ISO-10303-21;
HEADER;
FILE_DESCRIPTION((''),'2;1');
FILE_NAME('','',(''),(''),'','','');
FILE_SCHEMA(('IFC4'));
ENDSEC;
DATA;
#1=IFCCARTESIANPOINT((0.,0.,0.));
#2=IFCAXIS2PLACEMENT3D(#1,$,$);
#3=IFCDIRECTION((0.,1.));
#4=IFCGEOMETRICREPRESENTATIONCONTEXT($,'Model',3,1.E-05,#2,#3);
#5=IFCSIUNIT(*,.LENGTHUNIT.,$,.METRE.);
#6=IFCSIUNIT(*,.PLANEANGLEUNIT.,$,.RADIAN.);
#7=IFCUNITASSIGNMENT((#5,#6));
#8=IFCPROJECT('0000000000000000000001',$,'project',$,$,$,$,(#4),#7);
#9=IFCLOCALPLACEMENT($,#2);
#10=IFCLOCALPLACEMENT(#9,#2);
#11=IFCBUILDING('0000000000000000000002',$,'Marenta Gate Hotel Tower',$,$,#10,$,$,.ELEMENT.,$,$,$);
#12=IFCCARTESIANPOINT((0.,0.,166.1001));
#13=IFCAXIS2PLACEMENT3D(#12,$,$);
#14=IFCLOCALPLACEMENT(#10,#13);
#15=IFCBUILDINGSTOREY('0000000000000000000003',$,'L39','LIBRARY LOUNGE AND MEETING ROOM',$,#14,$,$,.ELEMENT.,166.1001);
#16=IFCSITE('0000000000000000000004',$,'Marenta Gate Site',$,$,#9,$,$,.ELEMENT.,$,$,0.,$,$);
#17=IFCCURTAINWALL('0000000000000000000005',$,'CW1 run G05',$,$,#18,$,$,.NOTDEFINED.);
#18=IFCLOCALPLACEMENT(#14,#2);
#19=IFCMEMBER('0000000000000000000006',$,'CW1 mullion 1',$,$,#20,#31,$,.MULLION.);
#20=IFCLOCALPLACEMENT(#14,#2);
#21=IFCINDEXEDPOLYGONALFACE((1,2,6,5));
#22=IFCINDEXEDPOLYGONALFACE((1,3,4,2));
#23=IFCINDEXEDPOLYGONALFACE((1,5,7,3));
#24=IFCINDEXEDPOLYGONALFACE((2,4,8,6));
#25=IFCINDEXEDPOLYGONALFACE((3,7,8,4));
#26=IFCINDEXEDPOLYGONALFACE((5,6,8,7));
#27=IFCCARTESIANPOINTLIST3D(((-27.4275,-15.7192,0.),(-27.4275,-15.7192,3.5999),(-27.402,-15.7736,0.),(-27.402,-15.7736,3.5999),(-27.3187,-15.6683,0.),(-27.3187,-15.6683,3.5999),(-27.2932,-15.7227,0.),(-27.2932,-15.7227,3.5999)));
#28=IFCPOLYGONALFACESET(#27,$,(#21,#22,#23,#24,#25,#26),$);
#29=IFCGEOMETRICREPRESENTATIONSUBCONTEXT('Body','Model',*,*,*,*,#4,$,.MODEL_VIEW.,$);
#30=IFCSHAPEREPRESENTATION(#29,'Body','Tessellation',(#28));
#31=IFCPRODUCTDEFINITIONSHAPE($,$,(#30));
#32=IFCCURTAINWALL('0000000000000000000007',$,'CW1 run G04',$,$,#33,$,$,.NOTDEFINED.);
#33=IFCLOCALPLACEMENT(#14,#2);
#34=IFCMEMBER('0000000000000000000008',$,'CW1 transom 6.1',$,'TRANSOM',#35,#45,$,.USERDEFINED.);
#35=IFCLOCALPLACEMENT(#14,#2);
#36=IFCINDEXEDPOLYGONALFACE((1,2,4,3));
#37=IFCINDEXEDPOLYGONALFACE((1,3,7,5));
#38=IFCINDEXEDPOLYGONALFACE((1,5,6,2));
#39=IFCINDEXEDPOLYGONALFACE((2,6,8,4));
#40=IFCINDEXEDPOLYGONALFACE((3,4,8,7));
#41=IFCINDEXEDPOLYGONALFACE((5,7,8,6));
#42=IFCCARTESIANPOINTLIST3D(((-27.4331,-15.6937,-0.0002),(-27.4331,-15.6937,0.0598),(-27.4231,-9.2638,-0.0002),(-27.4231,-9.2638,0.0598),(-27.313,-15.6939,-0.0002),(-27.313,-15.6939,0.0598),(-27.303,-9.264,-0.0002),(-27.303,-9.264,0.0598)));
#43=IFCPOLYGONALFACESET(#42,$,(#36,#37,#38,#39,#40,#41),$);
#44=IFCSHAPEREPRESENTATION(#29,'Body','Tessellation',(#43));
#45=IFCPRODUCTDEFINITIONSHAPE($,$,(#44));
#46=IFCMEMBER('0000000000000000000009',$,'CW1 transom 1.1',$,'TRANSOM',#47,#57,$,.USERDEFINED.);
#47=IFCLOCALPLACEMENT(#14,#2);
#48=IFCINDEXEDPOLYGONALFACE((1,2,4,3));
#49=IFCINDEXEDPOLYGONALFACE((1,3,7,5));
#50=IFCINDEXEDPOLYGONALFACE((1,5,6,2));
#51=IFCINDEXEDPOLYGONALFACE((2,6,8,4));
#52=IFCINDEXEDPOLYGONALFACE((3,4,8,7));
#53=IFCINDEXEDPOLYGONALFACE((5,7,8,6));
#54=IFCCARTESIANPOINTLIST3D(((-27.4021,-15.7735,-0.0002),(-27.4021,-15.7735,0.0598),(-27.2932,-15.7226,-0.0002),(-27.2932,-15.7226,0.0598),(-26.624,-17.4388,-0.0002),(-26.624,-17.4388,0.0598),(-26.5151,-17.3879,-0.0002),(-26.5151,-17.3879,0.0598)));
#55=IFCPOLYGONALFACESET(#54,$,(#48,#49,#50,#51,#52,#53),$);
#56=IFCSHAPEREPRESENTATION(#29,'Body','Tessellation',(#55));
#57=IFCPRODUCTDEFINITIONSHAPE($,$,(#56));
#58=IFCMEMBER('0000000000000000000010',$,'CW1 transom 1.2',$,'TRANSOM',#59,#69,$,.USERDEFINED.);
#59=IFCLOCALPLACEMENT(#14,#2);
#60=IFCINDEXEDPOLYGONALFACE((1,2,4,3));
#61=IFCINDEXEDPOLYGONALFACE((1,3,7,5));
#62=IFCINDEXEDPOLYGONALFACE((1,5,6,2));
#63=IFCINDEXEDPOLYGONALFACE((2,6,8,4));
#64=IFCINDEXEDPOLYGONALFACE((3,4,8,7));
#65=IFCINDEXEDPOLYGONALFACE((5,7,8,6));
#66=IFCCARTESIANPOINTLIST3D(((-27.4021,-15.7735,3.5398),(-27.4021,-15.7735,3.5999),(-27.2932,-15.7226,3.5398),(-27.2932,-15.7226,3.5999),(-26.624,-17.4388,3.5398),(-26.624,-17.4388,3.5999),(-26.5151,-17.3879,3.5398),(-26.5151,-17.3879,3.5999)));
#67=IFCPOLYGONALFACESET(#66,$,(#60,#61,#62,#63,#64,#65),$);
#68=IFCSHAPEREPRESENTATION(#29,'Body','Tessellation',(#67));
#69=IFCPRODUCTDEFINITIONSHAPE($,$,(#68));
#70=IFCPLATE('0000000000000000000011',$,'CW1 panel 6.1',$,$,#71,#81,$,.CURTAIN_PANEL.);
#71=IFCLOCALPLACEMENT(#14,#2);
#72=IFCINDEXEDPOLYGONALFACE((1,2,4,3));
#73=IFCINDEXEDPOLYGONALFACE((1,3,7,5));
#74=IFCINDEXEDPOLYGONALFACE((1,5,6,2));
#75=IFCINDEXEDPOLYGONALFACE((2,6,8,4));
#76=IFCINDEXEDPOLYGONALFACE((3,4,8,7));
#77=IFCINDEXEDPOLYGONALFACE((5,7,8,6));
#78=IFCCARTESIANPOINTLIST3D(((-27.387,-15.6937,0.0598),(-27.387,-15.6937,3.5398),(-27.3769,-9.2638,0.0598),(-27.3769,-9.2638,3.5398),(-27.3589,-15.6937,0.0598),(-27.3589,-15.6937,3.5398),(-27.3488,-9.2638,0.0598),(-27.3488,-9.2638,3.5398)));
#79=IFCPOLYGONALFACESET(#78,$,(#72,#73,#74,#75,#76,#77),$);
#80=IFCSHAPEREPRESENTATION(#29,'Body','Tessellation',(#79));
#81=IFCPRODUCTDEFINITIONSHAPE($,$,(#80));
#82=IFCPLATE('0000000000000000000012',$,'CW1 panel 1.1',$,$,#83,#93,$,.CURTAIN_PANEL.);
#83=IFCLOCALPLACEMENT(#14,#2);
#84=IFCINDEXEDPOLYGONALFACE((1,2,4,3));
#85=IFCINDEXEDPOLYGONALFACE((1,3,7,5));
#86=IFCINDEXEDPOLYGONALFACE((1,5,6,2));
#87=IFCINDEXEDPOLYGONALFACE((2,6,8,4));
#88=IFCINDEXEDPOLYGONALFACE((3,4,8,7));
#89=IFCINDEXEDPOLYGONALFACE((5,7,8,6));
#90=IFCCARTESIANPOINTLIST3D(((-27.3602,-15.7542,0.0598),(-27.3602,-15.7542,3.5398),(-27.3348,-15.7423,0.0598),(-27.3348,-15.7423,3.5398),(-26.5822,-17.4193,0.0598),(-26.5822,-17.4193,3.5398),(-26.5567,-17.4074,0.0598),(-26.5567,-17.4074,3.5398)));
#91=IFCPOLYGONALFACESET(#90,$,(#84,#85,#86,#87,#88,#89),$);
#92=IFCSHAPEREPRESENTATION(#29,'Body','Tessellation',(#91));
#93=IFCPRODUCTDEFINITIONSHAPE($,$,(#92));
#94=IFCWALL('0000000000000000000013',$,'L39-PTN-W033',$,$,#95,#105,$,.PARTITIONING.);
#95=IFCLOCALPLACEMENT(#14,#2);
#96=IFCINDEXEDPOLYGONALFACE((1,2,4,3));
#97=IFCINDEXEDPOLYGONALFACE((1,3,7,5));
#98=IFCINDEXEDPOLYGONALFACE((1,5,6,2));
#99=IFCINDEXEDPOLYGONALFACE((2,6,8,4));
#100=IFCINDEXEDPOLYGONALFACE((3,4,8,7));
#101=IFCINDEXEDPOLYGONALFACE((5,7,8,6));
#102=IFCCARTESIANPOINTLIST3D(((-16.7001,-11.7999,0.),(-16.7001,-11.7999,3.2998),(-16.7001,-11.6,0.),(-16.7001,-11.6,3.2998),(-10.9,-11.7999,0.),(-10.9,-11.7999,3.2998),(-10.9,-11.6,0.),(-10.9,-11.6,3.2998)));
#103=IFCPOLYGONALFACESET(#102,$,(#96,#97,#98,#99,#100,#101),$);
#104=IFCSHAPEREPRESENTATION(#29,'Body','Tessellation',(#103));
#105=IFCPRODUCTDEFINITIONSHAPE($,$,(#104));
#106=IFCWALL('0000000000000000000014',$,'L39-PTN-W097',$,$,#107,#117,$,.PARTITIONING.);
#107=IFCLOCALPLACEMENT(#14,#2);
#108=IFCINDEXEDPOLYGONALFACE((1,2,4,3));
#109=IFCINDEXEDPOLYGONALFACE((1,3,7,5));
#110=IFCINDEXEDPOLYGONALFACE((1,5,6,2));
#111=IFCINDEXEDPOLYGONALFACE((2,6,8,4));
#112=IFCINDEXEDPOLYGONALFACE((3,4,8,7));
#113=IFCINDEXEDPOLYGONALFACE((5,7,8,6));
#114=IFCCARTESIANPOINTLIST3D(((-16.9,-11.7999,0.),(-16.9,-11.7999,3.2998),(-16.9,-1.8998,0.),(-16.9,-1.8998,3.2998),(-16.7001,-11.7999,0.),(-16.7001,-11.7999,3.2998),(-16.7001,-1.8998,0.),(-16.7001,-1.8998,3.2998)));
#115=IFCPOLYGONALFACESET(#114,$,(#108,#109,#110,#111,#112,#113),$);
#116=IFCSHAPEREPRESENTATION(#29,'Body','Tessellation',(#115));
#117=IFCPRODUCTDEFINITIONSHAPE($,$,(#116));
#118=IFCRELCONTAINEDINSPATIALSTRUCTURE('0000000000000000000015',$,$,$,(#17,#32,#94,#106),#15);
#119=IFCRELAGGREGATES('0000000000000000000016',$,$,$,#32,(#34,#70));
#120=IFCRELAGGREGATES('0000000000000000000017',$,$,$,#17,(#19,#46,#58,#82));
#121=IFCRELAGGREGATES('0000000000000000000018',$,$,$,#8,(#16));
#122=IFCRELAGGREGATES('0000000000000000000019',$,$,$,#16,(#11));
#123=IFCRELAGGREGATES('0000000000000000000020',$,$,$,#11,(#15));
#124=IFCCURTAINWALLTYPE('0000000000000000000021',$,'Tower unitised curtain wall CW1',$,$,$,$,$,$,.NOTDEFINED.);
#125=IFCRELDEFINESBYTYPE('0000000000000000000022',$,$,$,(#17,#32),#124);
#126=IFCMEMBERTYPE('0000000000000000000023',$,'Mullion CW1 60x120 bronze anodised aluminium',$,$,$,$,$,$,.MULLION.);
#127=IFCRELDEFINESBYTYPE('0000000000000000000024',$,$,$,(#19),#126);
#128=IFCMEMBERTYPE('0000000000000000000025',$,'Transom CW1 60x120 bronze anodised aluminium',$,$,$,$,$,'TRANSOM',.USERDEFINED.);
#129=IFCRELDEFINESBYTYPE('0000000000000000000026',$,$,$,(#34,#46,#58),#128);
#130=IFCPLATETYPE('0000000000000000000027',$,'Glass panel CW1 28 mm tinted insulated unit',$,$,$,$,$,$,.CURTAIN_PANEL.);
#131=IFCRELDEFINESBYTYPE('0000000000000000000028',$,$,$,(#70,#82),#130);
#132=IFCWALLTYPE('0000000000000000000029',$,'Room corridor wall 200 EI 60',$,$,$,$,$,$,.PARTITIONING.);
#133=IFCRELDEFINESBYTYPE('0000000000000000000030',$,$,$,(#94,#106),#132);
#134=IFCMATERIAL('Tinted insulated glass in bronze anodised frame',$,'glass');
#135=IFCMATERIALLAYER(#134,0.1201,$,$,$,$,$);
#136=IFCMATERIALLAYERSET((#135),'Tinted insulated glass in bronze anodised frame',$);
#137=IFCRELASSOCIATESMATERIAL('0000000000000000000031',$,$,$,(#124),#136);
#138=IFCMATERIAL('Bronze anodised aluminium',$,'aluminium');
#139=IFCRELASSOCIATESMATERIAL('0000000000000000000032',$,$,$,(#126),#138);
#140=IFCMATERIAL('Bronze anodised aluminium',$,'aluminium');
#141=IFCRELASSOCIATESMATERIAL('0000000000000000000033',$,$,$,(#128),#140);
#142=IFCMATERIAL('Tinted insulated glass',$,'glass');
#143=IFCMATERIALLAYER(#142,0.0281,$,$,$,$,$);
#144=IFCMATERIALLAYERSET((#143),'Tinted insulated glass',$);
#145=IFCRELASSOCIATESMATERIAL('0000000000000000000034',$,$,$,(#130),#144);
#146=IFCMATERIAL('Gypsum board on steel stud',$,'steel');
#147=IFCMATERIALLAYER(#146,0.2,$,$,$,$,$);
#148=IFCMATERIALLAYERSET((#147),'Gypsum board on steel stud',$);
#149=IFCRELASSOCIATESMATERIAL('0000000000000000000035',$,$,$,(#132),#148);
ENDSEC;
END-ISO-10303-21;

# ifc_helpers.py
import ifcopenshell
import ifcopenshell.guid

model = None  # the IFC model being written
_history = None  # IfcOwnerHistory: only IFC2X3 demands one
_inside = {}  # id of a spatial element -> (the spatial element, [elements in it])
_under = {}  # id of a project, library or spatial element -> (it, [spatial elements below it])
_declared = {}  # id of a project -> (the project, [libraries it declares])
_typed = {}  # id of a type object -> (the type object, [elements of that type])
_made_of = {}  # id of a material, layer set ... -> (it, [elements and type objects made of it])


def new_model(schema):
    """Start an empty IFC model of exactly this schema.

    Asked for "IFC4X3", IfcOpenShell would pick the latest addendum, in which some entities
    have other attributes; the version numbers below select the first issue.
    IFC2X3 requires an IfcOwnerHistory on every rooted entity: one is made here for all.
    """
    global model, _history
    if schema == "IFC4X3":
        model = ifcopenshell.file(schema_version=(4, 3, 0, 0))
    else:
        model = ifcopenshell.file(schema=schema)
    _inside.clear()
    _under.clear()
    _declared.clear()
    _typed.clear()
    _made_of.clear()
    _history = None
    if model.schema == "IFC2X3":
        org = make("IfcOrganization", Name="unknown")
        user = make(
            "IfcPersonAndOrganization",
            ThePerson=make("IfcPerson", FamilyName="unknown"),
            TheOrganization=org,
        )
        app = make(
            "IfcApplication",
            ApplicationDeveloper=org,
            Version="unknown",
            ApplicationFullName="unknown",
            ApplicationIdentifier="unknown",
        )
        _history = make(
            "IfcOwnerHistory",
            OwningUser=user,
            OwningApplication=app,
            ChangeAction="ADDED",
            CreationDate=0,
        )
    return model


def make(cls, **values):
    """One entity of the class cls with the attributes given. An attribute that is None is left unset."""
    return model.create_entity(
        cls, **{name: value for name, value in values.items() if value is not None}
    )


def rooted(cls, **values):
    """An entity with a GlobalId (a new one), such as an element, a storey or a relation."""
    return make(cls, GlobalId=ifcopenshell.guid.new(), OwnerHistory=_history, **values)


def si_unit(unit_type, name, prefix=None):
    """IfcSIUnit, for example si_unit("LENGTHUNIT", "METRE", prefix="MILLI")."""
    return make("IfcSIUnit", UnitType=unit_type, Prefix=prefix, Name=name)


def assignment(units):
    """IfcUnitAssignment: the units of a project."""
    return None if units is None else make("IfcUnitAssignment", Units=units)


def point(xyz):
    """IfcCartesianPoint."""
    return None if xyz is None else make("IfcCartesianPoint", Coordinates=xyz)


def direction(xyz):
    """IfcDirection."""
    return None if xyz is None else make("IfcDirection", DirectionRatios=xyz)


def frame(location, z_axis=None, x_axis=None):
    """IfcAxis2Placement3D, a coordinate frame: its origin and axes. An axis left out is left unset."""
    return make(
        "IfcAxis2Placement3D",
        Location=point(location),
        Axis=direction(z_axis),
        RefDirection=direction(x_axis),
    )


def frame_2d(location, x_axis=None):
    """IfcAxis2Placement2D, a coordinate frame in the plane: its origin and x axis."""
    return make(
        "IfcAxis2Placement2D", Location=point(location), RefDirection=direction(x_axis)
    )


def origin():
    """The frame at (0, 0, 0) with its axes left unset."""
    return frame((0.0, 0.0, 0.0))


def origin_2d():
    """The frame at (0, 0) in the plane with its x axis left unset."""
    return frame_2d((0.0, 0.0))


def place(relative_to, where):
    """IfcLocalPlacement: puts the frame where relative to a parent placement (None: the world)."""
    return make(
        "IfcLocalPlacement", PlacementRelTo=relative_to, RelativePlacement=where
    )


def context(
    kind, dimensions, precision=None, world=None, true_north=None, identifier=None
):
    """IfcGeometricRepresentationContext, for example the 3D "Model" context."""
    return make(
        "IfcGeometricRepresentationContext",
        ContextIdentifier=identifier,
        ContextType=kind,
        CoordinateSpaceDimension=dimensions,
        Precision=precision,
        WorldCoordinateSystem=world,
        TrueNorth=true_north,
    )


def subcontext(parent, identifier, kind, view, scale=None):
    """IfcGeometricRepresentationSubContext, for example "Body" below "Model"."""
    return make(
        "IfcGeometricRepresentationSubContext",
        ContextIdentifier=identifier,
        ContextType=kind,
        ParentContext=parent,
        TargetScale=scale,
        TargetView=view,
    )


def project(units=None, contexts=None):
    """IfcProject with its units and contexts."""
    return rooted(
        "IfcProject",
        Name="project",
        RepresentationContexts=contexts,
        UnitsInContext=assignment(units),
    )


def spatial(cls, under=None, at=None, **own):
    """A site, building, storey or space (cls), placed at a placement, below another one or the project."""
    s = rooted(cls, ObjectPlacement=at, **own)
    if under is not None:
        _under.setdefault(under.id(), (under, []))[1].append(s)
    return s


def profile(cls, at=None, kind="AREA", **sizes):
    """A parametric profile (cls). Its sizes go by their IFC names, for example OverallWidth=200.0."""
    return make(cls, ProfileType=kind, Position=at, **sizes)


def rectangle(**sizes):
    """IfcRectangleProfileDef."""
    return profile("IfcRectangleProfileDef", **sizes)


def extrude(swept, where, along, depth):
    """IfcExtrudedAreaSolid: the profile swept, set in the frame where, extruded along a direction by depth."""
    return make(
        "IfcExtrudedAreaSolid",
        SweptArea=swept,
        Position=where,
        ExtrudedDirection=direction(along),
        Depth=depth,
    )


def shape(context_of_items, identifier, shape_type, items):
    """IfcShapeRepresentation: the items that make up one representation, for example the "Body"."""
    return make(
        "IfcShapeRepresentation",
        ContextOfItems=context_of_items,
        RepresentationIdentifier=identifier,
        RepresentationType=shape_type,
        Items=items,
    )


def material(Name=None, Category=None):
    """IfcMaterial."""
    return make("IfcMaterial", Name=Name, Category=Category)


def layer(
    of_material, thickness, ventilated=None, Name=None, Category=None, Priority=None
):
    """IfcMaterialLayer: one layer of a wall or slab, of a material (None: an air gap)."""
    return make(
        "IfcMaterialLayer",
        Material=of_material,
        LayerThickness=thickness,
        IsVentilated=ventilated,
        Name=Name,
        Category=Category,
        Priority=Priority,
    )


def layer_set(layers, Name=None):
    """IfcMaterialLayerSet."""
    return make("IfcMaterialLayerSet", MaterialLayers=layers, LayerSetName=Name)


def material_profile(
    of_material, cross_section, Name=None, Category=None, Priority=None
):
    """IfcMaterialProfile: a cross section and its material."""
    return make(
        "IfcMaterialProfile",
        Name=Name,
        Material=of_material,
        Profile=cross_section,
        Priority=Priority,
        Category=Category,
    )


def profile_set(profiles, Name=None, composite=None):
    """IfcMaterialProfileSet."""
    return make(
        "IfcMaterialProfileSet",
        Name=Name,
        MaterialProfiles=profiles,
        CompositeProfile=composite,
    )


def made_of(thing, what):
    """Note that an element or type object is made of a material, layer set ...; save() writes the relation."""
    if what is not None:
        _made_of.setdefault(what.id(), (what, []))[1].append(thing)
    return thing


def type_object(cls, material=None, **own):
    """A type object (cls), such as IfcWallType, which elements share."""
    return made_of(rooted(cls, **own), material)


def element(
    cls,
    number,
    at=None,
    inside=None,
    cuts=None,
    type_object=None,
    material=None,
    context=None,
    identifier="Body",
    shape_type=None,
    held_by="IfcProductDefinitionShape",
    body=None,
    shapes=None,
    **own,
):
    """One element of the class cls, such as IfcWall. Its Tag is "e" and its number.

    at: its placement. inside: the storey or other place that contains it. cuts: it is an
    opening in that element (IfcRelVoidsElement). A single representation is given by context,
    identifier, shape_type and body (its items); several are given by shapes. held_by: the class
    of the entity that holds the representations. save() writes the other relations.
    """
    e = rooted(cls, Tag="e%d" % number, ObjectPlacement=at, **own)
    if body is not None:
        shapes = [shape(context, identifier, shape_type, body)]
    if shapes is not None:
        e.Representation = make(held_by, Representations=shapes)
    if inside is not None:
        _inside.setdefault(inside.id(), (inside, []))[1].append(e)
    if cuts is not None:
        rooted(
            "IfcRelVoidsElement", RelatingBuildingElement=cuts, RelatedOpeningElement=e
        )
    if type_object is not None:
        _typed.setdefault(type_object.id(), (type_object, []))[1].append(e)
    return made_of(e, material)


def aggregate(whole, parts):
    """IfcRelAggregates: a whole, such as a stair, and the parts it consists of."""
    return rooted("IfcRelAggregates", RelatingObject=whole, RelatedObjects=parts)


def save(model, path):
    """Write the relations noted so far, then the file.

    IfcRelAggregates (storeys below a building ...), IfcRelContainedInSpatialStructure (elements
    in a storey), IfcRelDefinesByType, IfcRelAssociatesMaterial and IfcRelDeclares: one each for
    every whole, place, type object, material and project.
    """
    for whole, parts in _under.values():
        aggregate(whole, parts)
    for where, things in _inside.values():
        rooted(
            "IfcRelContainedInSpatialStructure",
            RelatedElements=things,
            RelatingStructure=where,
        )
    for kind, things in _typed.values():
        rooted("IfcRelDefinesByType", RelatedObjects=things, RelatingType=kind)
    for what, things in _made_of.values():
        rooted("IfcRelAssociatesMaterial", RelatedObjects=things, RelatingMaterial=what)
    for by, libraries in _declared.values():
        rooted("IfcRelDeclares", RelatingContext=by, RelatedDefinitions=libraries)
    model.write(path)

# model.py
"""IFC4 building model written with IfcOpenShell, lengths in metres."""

from ifc_helpers import new_model, si_unit, direction, frame, frame_2d, origin, origin_2d, place, context, subcontext, project, spatial, rectangle, extrude, material, layer, layer_set, material_profile, profile_set, type_object, element, aggregate, save


model = new_model("IFC4")

# Units and contexts
model_context = context("Model", 3, precision=1e-05, world=origin(), true_north=direction((0.0, 1.0)))
body_context = subcontext(model_context, "Body", "Model", "MODEL_VIEW")
ifc_project = project(units=[si_unit("LENGTHUNIT", "METRE"), si_unit("PLANEANGLEUNIT", "RADIAN")], contexts=[model_context])

# Site, building, storey
site_placement = place(None, origin())
site = spatial("IfcSite", under=ifc_project, at=site_placement, Name="Marenta Gate Site", CompositionType="ELEMENT", RefElevation=0.0)
building_placement = place(site_placement, origin())
building = spatial("IfcBuilding", under=site, at=building_placement, Name="Marenta Gate Hotel Tower", CompositionType="ELEMENT")
storey_placement = place(building_placement, frame((0.0, 0.0, 166.1001)))
storey = spatial("IfcBuildingStorey", under=building, at=storey_placement, Name="L39", Description="LIBRARY LOUNGE AND MEETING ROOM", CompositionType="ELEMENT", Elevation=166.1001)

# Curtain walls, members
ifc_material_1 = material(Name="Tinted insulated glass in bronze anodised frame", Category="glass")
ifc_layer_1 = layer(ifc_material_1, 0.1201)
ifc_layer_set_1 = layer_set([ifc_layer_1], Name="Tinted insulated glass in bronze anodised frame")
curtain_wall_type = type_object("IfcCurtainWallType", Name="Tower unitised curtain wall CW1", PredefinedType="NOTDEFINED", material=ifc_layer_set_1)
curtain_wall_1_placement = place(storey_placement, origin())
curtain_wall_1 = element("IfcCurtainWall", 1, at=curtain_wall_1_placement, inside=storey, type_object=curtain_wall_type, Name="CW1 run G05", PredefinedType="NOTDEFINED")
ifc_material_2 = material(Name="Bronze anodised aluminium", Category="aluminium")
ifc_material_profile_1 = material_profile(ifc_material_2, rectangle(XDim=0.1201, YDim=0.0601, at=origin_2d()), Name="Mullion CW1 60x120 bronze anodised aluminium")
ifc_profile_set_1 = profile_set([ifc_material_profile_1], Name="Bronze anodised aluminium")
member_type_1 = type_object("IfcMemberType", Name="Mullion CW1 60x120 bronze anodised aluminium", PredefinedType="MULLION", material=ifc_profile_set_1)
member_1_placement = place(storey_placement, frame((-27.3604, -15.7209, 0.0), z_axis=(0.0, 0.0, 1.0), x_axis=(0.905968, 0.423347, 0.0)))
member_1 = element("IfcMember", 2, at=member_1_placement, type_object=member_type_1, Name="CW1 mullion 1", PredefinedType="MULLION", context=body_context, shape_type="SweptSolid", body=[
    extrude(rectangle(XDim=0.1201, YDim=0.0601, at=origin_2d()), origin(), (0.0, 0.0, 1.0), 3.5999),
])
curtain_wall_2_placement = place(storey_placement, origin())
curtain_wall_2 = element("IfcCurtainWall", 3, at=curtain_wall_2_placement, inside=storey, type_object=curtain_wall_type, Name="CW1 run G04", PredefinedType="NOTDEFINED")
ifc_material_3 = material(Name="Bronze anodised aluminium", Category="aluminium")
ifc_material_profile_2 = material_profile(ifc_material_3, rectangle(XDim=0.1201, YDim=0.0601, at=origin_2d()), Name="Transom CW1 60x120 bronze anodised aluminium")
ifc_profile_set_2 = profile_set([ifc_material_profile_2], Name="Bronze anodised aluminium")
member_type_2 = type_object("IfcMemberType", Name="Transom CW1 60x120 bronze anodised aluminium", ElementType="TRANSOM", PredefinedType="USERDEFINED", material=ifc_profile_set_2)
member_2_placement = place(storey_placement, frame((-27.363, -9.2639, 0.0298), z_axis=(-0.001557, -0.999999, 0.0), x_axis=(0.999999, -0.001557, 0.0)))
member_2 = element("IfcMember", 4, at=member_2_placement, type_object=member_type_2, Name="CW1 transom 6.1", ObjectType="TRANSOM", PredefinedType="USERDEFINED", context=body_context, shape_type="SweptSolid", body=[
    extrude(rectangle(XDim=0.1201, YDim=0.0601, at=origin_2d()), origin(), (0.0, 0.0, 1.0), 6.4299),
])

# Members
member_3_placement = place(storey_placement, frame((-27.3477, -15.748, 0.0298), z_axis=(0.423307, -0.905986, 0.0), x_axis=(0.905986, 0.423307, 0.0)))
member_3 = element("IfcMember", 5, at=member_3_placement, type_object=member_type_2, Name="CW1 transom 1.1", ObjectType="TRANSOM", PredefinedType="USERDEFINED", context=body_context, shape_type="SweptSolid", body=[
    extrude(rectangle(XDim=0.1201, YDim=0.0601, at=origin_2d()), origin(), (0.0, 0.0, 1.0), 1.8381),
])
member_4_placement = place(storey_placement, frame((-27.3477, -15.748, 3.5698), z_axis=(0.423307, -0.905986, 0.0), x_axis=(0.905986, 0.423307, 0.0)))
member_4 = element("IfcMember", 6, at=member_4_placement, type_object=member_type_2, Name="CW1 transom 1.2", ObjectType="TRANSOM", PredefinedType="USERDEFINED", context=body_context, shape_type="SweptSolid", body=[
    extrude(rectangle(XDim=0.1201, YDim=0.0601, at=origin_2d()), origin(), (0.0, 0.0, 1.0), 1.8381),
])

# Plates
ifc_material_4 = material(Name="Tinted insulated glass", Category="glass")
ifc_layer_2 = layer(ifc_material_4, 0.0281)
ifc_layer_set_2 = layer_set([ifc_layer_2], Name="Tinted insulated glass")
plate_type = type_object("IfcPlateType", Name="Glass panel CW1 28 mm tinted insulated unit", PredefinedType="CURTAIN_PANEL", material=ifc_layer_set_2)
plate_1_placement = place(storey_placement, frame((-27.3679, -12.4788, 0.0598), z_axis=(0.0, 0.0, 1.0), x_axis=(-0.001566, -0.999999, 0.0)))
plate_1 = element("IfcPlate", 7, at=plate_1_placement, type_object=plate_type, Name="CW1 panel 6.1", PredefinedType="CURTAIN_PANEL", context=body_context, shape_type="SweptSolid", body=[
    extrude(rectangle(XDim=6.4299, YDim=0.0281, at=origin_2d()), origin(), (0.0, 0.0, 1.0), 3.48),
])
aggregate(curtain_wall_2, [member_2, plate_1])
plate_2_placement = place(storey_placement, frame((-26.9585, -16.5808, 0.0598), z_axis=(0.0, 0.0, 1.0), x_axis=(0.423347, -0.905968, 0.0)))
plate_2 = element("IfcPlate", 8, at=plate_2_placement, type_object=plate_type, Name="CW1 panel 1.1", PredefinedType="CURTAIN_PANEL", context=body_context, shape_type="SweptSolid", body=[
    extrude(rectangle(XDim=1.8379, YDim=0.0281, at=origin_2d()), origin(), (0.0, 0.0, 1.0), 3.48),
])
aggregate(curtain_wall_1, [member_1, member_3, member_4, plate_2])

# Shared definitions
ifc_material_5 = material(Name="Gypsum board on steel stud", Category="steel")
ifc_layer_3 = layer(ifc_material_5, 0.2)
ifc_layer_set_3 = layer_set([ifc_layer_3], Name="Gypsum board on steel stud")
wall_type = type_object("IfcWallType", Name="Room corridor wall 200 EI 60", PredefinedType="PARTITIONING", material=ifc_layer_set_3)

# Walls
wall_1_placement = place(storey_placement, frame((-16.7, -11.7, 0.0), z_axis=(0.0, 0.0, 1.0), x_axis=(1.0, 0.0, 0.0)))
element("IfcWall", 9, at=wall_1_placement, inside=storey, type_object=wall_type, Name="L39-PTN-W033", PredefinedType="PARTITIONING", context=body_context, shape_type="SweptSolid", body=[
    extrude(rectangle(XDim=5.8, YDim=0.2, at=frame_2d((2.8999, 0.0))), origin(), (0.0, 0.0, 1.0), 3.2998),
])
wall_2_placement = place(storey_placement, frame((-16.8, -11.8, 0.0), z_axis=(0.0, 0.0, 1.0), x_axis=(0.0, 1.0, 0.0)))
element("IfcWall", 10, at=wall_2_placement, inside=storey, type_object=wall_type, Name="L39-PTN-W097", PredefinedType="PARTITIONING", context=body_context, shape_type="SweptSolid", body=[
    extrude(rectangle(XDim=9.9001, YDim=0.2, at=frame_2d((4.9502, 0.0))), origin(), (0.0, 0.0, 1.0), 3.2998),
])

save(model, "model.ifc")
